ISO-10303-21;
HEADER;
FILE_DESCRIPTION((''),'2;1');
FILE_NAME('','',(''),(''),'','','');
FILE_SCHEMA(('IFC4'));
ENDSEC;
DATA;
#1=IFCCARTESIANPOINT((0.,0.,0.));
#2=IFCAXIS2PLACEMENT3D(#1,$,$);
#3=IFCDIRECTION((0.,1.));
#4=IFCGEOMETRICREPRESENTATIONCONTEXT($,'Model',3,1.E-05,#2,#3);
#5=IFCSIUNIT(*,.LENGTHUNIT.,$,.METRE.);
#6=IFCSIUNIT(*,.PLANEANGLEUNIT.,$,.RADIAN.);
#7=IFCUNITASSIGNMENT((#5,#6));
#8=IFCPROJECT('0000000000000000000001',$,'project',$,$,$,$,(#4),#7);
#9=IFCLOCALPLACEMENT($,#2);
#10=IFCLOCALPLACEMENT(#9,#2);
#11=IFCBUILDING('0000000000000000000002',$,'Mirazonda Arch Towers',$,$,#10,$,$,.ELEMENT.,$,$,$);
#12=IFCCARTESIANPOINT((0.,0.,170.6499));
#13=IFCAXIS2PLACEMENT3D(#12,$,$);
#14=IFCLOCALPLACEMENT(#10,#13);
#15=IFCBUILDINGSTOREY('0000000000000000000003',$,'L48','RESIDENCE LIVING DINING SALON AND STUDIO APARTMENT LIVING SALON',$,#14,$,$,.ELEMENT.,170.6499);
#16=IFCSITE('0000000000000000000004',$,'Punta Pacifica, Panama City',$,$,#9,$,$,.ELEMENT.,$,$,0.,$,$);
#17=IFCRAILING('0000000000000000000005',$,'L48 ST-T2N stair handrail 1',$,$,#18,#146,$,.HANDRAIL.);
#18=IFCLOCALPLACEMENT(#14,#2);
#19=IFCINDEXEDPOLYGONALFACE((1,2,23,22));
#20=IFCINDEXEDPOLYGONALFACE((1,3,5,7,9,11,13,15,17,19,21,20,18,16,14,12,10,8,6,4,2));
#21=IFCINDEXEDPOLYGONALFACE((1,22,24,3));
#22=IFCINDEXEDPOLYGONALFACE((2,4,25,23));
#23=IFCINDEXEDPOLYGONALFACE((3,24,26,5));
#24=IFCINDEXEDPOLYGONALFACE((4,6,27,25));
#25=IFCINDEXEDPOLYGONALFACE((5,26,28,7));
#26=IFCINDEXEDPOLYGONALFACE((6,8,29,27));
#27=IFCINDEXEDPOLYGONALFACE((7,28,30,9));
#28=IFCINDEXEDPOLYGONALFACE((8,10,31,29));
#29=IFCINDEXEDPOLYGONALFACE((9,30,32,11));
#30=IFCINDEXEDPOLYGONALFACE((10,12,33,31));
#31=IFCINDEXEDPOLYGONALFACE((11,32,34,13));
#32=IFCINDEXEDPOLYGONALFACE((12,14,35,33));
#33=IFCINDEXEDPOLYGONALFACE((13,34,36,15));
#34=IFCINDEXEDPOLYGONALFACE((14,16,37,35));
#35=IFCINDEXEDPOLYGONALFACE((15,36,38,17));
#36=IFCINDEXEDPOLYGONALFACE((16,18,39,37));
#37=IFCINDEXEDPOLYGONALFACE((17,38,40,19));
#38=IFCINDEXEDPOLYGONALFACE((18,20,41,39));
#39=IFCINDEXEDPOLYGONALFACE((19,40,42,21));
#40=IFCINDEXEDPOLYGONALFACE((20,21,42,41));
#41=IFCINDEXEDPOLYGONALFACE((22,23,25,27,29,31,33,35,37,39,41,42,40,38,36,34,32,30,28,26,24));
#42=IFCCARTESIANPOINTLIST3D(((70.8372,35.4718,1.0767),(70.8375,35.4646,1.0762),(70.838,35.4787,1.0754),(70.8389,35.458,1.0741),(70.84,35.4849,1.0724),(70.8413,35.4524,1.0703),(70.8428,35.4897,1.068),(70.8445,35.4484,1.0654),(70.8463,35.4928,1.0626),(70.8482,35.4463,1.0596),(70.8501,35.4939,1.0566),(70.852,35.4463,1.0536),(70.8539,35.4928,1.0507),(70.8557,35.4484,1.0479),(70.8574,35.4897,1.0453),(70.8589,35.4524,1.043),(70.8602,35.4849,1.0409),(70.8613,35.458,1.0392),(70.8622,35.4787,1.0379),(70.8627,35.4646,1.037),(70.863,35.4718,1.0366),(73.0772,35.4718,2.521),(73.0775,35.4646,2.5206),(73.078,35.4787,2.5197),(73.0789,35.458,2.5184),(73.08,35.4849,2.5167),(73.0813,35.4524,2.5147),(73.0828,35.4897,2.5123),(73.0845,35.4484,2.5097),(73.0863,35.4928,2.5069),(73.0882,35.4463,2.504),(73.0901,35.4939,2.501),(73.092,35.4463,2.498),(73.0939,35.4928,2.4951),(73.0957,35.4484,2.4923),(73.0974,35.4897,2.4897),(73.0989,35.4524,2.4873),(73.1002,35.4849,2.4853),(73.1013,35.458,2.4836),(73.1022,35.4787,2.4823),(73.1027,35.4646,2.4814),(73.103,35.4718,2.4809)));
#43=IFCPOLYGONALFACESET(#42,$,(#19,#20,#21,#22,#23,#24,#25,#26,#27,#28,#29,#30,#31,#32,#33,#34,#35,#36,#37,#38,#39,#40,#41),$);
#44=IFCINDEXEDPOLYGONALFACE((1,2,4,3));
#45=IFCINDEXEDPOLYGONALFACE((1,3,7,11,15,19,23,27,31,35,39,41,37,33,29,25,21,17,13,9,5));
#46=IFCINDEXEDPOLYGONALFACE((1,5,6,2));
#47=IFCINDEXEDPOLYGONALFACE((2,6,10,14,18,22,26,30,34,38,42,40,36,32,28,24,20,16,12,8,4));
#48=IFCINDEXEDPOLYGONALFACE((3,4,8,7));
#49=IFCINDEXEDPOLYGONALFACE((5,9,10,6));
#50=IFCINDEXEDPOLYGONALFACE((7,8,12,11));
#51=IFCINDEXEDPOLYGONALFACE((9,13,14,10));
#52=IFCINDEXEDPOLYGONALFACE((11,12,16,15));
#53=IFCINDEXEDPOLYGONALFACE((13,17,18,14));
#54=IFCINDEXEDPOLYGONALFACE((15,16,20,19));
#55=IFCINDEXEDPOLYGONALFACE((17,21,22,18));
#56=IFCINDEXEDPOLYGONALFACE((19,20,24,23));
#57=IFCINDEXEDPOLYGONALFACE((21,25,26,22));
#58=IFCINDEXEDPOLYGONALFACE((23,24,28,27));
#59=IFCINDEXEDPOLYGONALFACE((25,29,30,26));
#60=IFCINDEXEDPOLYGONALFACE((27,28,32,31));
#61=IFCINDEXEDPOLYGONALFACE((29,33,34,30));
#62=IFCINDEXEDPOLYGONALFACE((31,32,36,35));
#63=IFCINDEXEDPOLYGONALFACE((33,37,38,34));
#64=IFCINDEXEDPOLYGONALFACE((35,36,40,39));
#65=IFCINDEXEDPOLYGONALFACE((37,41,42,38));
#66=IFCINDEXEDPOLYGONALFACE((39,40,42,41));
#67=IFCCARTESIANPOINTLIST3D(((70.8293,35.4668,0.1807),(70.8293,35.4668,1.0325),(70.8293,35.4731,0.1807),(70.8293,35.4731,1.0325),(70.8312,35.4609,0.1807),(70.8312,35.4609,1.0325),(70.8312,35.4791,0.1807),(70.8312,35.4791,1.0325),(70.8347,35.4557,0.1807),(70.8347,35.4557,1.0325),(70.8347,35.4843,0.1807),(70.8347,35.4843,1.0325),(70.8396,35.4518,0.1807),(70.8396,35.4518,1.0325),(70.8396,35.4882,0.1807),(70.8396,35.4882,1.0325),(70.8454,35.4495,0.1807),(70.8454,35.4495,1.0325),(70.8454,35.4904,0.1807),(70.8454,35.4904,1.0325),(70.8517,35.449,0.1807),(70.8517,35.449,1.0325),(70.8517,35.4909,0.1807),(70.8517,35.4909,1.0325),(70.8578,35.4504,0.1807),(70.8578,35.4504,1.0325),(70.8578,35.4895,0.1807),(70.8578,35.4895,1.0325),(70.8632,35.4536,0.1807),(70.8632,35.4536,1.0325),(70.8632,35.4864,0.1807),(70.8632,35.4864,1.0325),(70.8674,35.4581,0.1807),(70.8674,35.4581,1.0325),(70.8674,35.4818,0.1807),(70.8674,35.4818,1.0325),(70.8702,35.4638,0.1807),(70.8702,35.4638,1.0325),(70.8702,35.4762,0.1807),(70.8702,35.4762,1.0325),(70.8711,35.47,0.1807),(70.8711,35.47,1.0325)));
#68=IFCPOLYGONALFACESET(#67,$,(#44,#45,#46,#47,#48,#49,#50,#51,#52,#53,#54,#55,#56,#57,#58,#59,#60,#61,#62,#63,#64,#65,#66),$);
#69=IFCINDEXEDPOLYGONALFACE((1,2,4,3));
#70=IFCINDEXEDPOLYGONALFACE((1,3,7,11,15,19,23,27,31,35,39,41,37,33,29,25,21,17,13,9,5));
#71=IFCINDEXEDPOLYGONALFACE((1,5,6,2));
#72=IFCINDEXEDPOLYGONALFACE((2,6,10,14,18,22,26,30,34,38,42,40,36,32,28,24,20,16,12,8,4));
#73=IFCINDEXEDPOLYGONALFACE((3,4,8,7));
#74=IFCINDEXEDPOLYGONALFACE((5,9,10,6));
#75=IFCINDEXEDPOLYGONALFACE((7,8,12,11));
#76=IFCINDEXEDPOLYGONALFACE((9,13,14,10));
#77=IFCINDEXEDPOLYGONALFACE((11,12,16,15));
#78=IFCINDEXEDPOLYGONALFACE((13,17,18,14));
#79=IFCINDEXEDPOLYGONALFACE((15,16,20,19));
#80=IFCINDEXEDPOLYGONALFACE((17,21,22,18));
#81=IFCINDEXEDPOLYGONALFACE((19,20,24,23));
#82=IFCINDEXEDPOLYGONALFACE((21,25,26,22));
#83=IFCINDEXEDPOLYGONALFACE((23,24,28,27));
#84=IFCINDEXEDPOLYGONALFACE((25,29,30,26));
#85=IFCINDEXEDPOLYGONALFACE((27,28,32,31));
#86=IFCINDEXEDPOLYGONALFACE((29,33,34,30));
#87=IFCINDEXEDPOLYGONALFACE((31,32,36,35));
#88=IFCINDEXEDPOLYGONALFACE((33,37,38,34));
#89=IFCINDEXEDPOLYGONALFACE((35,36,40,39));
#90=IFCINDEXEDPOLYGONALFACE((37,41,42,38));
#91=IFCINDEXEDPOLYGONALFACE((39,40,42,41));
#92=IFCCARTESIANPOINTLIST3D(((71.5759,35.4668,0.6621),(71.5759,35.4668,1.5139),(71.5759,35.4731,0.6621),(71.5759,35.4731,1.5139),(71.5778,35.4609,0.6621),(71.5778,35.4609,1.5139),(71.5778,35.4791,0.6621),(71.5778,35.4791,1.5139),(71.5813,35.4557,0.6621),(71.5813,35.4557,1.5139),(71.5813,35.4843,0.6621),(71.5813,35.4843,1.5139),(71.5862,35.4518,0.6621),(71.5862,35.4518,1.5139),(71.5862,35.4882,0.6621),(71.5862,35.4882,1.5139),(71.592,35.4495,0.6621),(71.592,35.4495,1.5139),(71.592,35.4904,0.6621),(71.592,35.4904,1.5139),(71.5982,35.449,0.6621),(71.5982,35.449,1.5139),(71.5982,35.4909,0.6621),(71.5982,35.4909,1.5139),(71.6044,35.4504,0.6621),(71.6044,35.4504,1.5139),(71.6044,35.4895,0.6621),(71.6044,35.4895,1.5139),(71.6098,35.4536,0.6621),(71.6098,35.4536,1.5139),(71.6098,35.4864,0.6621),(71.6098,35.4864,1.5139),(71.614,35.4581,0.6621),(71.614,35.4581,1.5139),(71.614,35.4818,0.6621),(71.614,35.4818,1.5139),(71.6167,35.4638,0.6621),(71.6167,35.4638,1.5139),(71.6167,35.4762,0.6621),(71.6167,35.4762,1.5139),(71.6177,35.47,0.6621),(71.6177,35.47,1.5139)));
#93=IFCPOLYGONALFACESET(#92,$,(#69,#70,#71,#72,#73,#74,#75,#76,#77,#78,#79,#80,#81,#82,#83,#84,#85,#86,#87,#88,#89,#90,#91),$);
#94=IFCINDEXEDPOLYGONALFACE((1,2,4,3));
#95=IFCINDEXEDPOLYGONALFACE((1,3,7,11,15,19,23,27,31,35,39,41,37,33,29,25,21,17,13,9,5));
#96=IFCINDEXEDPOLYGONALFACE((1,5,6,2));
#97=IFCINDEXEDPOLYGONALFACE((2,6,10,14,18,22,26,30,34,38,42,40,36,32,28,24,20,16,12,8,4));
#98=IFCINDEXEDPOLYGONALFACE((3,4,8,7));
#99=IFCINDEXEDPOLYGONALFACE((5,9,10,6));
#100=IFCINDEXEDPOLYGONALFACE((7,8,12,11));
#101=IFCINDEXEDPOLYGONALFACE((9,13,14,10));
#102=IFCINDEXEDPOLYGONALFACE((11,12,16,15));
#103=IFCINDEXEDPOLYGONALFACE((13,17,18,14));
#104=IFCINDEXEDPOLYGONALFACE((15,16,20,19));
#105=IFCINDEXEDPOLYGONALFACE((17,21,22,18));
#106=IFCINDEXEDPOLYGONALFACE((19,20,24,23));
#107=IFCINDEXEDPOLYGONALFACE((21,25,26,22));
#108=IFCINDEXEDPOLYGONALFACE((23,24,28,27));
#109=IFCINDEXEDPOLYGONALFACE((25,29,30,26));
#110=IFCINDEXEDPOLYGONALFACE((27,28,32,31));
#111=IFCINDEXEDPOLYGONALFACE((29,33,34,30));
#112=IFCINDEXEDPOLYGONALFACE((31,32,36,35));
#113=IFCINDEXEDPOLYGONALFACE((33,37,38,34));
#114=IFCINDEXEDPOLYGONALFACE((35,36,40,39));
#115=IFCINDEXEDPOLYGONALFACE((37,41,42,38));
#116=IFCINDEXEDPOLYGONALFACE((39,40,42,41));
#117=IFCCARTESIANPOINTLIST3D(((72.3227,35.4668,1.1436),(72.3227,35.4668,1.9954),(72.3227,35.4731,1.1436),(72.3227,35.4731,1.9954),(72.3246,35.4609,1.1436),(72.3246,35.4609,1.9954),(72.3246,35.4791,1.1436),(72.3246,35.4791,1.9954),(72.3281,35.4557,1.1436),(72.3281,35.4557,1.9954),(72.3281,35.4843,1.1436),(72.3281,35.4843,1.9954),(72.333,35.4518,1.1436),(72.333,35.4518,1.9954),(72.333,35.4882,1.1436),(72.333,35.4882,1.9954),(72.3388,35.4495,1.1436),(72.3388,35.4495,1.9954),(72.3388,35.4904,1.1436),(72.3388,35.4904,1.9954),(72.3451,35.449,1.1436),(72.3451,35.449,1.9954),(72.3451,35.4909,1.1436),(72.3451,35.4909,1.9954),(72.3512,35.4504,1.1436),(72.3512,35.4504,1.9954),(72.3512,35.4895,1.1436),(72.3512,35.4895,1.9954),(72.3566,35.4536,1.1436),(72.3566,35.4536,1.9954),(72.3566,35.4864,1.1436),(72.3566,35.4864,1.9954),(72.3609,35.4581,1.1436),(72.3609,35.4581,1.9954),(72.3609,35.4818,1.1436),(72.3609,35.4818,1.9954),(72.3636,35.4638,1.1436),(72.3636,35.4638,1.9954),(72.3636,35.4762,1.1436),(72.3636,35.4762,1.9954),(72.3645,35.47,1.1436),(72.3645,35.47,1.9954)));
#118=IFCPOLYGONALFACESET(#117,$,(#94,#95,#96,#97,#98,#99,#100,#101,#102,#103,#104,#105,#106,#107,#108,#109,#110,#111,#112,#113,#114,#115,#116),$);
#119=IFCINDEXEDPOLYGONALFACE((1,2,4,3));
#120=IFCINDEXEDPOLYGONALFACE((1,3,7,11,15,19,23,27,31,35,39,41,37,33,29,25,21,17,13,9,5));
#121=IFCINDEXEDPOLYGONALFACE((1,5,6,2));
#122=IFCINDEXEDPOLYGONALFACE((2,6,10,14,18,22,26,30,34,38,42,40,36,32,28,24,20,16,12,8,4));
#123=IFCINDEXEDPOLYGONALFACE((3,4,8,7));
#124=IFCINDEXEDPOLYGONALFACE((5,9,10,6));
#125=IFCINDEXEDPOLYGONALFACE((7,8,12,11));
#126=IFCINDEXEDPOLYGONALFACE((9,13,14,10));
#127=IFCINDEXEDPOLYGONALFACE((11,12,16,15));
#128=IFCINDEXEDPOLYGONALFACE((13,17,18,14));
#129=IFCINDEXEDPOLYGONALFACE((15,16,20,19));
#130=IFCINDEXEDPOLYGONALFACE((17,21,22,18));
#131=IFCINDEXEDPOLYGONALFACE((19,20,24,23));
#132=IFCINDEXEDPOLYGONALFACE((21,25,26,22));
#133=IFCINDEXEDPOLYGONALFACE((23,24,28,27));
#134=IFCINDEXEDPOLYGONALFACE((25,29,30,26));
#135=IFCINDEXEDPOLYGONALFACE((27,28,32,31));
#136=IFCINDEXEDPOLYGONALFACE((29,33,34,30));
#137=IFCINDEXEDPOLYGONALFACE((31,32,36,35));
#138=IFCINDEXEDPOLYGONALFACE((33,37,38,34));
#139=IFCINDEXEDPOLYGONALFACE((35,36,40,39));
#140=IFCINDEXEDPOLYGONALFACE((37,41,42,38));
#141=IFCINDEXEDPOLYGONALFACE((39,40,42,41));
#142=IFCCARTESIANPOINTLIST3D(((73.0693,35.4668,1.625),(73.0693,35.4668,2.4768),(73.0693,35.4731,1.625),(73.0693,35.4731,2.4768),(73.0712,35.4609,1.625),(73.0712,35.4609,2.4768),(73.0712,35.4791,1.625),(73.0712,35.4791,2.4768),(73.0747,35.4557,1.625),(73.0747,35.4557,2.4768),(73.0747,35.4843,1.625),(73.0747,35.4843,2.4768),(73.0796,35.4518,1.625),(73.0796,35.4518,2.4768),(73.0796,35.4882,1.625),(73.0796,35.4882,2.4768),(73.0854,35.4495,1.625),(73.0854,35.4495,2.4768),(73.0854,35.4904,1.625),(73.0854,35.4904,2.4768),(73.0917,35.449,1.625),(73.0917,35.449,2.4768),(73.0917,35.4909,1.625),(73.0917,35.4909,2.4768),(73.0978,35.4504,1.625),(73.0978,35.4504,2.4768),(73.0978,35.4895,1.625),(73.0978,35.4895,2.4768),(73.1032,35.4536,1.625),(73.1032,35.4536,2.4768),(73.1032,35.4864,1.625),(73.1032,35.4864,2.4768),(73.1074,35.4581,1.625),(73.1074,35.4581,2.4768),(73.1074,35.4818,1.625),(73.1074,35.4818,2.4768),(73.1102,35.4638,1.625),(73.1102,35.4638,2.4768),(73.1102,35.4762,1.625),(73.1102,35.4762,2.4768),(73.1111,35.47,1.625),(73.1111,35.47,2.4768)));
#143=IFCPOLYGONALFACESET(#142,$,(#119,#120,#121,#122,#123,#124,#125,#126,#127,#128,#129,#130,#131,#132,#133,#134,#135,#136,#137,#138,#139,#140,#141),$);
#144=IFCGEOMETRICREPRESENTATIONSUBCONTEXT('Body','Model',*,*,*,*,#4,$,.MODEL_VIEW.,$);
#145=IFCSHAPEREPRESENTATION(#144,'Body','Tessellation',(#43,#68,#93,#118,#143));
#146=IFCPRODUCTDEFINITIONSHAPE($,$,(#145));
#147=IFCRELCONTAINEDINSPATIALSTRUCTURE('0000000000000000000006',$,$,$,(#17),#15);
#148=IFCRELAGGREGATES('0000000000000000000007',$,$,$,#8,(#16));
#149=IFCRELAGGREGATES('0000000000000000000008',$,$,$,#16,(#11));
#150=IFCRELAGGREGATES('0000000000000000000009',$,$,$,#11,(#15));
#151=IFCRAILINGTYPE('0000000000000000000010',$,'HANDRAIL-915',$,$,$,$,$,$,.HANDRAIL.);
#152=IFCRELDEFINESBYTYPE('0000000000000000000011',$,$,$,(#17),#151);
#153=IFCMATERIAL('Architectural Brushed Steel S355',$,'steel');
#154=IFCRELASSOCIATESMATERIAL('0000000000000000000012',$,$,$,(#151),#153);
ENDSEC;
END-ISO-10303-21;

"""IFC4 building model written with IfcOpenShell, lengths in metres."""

from ifc_helpers import new_model, si_unit, direction, frame, origin, origin_2d, place, context, subcontext, project, spatial, circle, extrude, material, type_object, element, save


model = new_model("IFC4")

# Units and contexts
model_context = context("Model", 3, precision=1e-05, world=origin(), true_north=direction((0.0, 1.0)))
body_context = subcontext(model_context, "Body", "Model", "MODEL_VIEW")
ifc_project = project(units=[si_unit("LENGTHUNIT", "METRE"), si_unit("PLANEANGLEUNIT", "RADIAN")], contexts=[model_context])

# Site, building, storey
site_placement = place(None, origin())
site = spatial("IfcSite", under=ifc_project, at=site_placement, Name="Punta Pacifica, Panama City", CompositionType="ELEMENT", RefElevation=0.0)
building_placement = place(site_placement, origin())
building = spatial("IfcBuilding", under=site, at=building_placement, Name="Mirazonda Arch Towers", CompositionType="ELEMENT")
storey_placement = place(building_placement, frame((0.0, 0.0, 170.6499)))
storey = spatial("IfcBuildingStorey", under=building, at=storey_placement, Name="L48", Description="RESIDENCE LIVING DINING SALON AND STUDIO APARTMENT LIVING SALON", CompositionType="ELEMENT", Elevation=170.6499)

# Shared definitions
ifc_material_1 = material(Name="Architectural Brushed Steel S355", Category="steel")

# Railing
railing_type = type_object("IfcRailingType", Name="HANDRAIL-915", PredefinedType="HANDRAIL", material=ifc_material_1)
railing_placement = place(storey_placement, frame((70.8501, 35.47, 0.1807)))
element("IfcRailing", 1, at=railing_placement, inside=storey, type_object=railing_type, Name="L48 ST-T2N stair handrail 1", PredefinedType="HANDRAIL", context=body_context, shape_type="SweptSolid", body=[
    extrude(circle(Radius=0.0239, at=origin_2d()), frame((0.0, 0.0, 0.876), z_axis=(0.840437, 0.0, 0.54191), x_axis=(0.0, 1.0, 0.0)), (0.0, 0.0, 1.0), 2.6653),
    extrude(circle(Radius=0.021, at=origin_2d()), origin(), (0.0, 0.0, 1.0), 0.8518),
    extrude(circle(Radius=0.021, at=origin_2d()), frame((0.7466, 0.0, 0.4814)), (0.0, 0.0, 1.0), 0.8518),
    extrude(circle(Radius=0.021, at=origin_2d()), frame((1.4934, 0.0, 0.9629)), (0.0, 0.0, 1.0), 0.8518),
    extrude(circle(Radius=0.021, at=origin_2d()), frame((2.24, 0.0, 1.4443)), (0.0, 0.0, 1.0), 0.8518),
])

save(model, "model.ifc")
